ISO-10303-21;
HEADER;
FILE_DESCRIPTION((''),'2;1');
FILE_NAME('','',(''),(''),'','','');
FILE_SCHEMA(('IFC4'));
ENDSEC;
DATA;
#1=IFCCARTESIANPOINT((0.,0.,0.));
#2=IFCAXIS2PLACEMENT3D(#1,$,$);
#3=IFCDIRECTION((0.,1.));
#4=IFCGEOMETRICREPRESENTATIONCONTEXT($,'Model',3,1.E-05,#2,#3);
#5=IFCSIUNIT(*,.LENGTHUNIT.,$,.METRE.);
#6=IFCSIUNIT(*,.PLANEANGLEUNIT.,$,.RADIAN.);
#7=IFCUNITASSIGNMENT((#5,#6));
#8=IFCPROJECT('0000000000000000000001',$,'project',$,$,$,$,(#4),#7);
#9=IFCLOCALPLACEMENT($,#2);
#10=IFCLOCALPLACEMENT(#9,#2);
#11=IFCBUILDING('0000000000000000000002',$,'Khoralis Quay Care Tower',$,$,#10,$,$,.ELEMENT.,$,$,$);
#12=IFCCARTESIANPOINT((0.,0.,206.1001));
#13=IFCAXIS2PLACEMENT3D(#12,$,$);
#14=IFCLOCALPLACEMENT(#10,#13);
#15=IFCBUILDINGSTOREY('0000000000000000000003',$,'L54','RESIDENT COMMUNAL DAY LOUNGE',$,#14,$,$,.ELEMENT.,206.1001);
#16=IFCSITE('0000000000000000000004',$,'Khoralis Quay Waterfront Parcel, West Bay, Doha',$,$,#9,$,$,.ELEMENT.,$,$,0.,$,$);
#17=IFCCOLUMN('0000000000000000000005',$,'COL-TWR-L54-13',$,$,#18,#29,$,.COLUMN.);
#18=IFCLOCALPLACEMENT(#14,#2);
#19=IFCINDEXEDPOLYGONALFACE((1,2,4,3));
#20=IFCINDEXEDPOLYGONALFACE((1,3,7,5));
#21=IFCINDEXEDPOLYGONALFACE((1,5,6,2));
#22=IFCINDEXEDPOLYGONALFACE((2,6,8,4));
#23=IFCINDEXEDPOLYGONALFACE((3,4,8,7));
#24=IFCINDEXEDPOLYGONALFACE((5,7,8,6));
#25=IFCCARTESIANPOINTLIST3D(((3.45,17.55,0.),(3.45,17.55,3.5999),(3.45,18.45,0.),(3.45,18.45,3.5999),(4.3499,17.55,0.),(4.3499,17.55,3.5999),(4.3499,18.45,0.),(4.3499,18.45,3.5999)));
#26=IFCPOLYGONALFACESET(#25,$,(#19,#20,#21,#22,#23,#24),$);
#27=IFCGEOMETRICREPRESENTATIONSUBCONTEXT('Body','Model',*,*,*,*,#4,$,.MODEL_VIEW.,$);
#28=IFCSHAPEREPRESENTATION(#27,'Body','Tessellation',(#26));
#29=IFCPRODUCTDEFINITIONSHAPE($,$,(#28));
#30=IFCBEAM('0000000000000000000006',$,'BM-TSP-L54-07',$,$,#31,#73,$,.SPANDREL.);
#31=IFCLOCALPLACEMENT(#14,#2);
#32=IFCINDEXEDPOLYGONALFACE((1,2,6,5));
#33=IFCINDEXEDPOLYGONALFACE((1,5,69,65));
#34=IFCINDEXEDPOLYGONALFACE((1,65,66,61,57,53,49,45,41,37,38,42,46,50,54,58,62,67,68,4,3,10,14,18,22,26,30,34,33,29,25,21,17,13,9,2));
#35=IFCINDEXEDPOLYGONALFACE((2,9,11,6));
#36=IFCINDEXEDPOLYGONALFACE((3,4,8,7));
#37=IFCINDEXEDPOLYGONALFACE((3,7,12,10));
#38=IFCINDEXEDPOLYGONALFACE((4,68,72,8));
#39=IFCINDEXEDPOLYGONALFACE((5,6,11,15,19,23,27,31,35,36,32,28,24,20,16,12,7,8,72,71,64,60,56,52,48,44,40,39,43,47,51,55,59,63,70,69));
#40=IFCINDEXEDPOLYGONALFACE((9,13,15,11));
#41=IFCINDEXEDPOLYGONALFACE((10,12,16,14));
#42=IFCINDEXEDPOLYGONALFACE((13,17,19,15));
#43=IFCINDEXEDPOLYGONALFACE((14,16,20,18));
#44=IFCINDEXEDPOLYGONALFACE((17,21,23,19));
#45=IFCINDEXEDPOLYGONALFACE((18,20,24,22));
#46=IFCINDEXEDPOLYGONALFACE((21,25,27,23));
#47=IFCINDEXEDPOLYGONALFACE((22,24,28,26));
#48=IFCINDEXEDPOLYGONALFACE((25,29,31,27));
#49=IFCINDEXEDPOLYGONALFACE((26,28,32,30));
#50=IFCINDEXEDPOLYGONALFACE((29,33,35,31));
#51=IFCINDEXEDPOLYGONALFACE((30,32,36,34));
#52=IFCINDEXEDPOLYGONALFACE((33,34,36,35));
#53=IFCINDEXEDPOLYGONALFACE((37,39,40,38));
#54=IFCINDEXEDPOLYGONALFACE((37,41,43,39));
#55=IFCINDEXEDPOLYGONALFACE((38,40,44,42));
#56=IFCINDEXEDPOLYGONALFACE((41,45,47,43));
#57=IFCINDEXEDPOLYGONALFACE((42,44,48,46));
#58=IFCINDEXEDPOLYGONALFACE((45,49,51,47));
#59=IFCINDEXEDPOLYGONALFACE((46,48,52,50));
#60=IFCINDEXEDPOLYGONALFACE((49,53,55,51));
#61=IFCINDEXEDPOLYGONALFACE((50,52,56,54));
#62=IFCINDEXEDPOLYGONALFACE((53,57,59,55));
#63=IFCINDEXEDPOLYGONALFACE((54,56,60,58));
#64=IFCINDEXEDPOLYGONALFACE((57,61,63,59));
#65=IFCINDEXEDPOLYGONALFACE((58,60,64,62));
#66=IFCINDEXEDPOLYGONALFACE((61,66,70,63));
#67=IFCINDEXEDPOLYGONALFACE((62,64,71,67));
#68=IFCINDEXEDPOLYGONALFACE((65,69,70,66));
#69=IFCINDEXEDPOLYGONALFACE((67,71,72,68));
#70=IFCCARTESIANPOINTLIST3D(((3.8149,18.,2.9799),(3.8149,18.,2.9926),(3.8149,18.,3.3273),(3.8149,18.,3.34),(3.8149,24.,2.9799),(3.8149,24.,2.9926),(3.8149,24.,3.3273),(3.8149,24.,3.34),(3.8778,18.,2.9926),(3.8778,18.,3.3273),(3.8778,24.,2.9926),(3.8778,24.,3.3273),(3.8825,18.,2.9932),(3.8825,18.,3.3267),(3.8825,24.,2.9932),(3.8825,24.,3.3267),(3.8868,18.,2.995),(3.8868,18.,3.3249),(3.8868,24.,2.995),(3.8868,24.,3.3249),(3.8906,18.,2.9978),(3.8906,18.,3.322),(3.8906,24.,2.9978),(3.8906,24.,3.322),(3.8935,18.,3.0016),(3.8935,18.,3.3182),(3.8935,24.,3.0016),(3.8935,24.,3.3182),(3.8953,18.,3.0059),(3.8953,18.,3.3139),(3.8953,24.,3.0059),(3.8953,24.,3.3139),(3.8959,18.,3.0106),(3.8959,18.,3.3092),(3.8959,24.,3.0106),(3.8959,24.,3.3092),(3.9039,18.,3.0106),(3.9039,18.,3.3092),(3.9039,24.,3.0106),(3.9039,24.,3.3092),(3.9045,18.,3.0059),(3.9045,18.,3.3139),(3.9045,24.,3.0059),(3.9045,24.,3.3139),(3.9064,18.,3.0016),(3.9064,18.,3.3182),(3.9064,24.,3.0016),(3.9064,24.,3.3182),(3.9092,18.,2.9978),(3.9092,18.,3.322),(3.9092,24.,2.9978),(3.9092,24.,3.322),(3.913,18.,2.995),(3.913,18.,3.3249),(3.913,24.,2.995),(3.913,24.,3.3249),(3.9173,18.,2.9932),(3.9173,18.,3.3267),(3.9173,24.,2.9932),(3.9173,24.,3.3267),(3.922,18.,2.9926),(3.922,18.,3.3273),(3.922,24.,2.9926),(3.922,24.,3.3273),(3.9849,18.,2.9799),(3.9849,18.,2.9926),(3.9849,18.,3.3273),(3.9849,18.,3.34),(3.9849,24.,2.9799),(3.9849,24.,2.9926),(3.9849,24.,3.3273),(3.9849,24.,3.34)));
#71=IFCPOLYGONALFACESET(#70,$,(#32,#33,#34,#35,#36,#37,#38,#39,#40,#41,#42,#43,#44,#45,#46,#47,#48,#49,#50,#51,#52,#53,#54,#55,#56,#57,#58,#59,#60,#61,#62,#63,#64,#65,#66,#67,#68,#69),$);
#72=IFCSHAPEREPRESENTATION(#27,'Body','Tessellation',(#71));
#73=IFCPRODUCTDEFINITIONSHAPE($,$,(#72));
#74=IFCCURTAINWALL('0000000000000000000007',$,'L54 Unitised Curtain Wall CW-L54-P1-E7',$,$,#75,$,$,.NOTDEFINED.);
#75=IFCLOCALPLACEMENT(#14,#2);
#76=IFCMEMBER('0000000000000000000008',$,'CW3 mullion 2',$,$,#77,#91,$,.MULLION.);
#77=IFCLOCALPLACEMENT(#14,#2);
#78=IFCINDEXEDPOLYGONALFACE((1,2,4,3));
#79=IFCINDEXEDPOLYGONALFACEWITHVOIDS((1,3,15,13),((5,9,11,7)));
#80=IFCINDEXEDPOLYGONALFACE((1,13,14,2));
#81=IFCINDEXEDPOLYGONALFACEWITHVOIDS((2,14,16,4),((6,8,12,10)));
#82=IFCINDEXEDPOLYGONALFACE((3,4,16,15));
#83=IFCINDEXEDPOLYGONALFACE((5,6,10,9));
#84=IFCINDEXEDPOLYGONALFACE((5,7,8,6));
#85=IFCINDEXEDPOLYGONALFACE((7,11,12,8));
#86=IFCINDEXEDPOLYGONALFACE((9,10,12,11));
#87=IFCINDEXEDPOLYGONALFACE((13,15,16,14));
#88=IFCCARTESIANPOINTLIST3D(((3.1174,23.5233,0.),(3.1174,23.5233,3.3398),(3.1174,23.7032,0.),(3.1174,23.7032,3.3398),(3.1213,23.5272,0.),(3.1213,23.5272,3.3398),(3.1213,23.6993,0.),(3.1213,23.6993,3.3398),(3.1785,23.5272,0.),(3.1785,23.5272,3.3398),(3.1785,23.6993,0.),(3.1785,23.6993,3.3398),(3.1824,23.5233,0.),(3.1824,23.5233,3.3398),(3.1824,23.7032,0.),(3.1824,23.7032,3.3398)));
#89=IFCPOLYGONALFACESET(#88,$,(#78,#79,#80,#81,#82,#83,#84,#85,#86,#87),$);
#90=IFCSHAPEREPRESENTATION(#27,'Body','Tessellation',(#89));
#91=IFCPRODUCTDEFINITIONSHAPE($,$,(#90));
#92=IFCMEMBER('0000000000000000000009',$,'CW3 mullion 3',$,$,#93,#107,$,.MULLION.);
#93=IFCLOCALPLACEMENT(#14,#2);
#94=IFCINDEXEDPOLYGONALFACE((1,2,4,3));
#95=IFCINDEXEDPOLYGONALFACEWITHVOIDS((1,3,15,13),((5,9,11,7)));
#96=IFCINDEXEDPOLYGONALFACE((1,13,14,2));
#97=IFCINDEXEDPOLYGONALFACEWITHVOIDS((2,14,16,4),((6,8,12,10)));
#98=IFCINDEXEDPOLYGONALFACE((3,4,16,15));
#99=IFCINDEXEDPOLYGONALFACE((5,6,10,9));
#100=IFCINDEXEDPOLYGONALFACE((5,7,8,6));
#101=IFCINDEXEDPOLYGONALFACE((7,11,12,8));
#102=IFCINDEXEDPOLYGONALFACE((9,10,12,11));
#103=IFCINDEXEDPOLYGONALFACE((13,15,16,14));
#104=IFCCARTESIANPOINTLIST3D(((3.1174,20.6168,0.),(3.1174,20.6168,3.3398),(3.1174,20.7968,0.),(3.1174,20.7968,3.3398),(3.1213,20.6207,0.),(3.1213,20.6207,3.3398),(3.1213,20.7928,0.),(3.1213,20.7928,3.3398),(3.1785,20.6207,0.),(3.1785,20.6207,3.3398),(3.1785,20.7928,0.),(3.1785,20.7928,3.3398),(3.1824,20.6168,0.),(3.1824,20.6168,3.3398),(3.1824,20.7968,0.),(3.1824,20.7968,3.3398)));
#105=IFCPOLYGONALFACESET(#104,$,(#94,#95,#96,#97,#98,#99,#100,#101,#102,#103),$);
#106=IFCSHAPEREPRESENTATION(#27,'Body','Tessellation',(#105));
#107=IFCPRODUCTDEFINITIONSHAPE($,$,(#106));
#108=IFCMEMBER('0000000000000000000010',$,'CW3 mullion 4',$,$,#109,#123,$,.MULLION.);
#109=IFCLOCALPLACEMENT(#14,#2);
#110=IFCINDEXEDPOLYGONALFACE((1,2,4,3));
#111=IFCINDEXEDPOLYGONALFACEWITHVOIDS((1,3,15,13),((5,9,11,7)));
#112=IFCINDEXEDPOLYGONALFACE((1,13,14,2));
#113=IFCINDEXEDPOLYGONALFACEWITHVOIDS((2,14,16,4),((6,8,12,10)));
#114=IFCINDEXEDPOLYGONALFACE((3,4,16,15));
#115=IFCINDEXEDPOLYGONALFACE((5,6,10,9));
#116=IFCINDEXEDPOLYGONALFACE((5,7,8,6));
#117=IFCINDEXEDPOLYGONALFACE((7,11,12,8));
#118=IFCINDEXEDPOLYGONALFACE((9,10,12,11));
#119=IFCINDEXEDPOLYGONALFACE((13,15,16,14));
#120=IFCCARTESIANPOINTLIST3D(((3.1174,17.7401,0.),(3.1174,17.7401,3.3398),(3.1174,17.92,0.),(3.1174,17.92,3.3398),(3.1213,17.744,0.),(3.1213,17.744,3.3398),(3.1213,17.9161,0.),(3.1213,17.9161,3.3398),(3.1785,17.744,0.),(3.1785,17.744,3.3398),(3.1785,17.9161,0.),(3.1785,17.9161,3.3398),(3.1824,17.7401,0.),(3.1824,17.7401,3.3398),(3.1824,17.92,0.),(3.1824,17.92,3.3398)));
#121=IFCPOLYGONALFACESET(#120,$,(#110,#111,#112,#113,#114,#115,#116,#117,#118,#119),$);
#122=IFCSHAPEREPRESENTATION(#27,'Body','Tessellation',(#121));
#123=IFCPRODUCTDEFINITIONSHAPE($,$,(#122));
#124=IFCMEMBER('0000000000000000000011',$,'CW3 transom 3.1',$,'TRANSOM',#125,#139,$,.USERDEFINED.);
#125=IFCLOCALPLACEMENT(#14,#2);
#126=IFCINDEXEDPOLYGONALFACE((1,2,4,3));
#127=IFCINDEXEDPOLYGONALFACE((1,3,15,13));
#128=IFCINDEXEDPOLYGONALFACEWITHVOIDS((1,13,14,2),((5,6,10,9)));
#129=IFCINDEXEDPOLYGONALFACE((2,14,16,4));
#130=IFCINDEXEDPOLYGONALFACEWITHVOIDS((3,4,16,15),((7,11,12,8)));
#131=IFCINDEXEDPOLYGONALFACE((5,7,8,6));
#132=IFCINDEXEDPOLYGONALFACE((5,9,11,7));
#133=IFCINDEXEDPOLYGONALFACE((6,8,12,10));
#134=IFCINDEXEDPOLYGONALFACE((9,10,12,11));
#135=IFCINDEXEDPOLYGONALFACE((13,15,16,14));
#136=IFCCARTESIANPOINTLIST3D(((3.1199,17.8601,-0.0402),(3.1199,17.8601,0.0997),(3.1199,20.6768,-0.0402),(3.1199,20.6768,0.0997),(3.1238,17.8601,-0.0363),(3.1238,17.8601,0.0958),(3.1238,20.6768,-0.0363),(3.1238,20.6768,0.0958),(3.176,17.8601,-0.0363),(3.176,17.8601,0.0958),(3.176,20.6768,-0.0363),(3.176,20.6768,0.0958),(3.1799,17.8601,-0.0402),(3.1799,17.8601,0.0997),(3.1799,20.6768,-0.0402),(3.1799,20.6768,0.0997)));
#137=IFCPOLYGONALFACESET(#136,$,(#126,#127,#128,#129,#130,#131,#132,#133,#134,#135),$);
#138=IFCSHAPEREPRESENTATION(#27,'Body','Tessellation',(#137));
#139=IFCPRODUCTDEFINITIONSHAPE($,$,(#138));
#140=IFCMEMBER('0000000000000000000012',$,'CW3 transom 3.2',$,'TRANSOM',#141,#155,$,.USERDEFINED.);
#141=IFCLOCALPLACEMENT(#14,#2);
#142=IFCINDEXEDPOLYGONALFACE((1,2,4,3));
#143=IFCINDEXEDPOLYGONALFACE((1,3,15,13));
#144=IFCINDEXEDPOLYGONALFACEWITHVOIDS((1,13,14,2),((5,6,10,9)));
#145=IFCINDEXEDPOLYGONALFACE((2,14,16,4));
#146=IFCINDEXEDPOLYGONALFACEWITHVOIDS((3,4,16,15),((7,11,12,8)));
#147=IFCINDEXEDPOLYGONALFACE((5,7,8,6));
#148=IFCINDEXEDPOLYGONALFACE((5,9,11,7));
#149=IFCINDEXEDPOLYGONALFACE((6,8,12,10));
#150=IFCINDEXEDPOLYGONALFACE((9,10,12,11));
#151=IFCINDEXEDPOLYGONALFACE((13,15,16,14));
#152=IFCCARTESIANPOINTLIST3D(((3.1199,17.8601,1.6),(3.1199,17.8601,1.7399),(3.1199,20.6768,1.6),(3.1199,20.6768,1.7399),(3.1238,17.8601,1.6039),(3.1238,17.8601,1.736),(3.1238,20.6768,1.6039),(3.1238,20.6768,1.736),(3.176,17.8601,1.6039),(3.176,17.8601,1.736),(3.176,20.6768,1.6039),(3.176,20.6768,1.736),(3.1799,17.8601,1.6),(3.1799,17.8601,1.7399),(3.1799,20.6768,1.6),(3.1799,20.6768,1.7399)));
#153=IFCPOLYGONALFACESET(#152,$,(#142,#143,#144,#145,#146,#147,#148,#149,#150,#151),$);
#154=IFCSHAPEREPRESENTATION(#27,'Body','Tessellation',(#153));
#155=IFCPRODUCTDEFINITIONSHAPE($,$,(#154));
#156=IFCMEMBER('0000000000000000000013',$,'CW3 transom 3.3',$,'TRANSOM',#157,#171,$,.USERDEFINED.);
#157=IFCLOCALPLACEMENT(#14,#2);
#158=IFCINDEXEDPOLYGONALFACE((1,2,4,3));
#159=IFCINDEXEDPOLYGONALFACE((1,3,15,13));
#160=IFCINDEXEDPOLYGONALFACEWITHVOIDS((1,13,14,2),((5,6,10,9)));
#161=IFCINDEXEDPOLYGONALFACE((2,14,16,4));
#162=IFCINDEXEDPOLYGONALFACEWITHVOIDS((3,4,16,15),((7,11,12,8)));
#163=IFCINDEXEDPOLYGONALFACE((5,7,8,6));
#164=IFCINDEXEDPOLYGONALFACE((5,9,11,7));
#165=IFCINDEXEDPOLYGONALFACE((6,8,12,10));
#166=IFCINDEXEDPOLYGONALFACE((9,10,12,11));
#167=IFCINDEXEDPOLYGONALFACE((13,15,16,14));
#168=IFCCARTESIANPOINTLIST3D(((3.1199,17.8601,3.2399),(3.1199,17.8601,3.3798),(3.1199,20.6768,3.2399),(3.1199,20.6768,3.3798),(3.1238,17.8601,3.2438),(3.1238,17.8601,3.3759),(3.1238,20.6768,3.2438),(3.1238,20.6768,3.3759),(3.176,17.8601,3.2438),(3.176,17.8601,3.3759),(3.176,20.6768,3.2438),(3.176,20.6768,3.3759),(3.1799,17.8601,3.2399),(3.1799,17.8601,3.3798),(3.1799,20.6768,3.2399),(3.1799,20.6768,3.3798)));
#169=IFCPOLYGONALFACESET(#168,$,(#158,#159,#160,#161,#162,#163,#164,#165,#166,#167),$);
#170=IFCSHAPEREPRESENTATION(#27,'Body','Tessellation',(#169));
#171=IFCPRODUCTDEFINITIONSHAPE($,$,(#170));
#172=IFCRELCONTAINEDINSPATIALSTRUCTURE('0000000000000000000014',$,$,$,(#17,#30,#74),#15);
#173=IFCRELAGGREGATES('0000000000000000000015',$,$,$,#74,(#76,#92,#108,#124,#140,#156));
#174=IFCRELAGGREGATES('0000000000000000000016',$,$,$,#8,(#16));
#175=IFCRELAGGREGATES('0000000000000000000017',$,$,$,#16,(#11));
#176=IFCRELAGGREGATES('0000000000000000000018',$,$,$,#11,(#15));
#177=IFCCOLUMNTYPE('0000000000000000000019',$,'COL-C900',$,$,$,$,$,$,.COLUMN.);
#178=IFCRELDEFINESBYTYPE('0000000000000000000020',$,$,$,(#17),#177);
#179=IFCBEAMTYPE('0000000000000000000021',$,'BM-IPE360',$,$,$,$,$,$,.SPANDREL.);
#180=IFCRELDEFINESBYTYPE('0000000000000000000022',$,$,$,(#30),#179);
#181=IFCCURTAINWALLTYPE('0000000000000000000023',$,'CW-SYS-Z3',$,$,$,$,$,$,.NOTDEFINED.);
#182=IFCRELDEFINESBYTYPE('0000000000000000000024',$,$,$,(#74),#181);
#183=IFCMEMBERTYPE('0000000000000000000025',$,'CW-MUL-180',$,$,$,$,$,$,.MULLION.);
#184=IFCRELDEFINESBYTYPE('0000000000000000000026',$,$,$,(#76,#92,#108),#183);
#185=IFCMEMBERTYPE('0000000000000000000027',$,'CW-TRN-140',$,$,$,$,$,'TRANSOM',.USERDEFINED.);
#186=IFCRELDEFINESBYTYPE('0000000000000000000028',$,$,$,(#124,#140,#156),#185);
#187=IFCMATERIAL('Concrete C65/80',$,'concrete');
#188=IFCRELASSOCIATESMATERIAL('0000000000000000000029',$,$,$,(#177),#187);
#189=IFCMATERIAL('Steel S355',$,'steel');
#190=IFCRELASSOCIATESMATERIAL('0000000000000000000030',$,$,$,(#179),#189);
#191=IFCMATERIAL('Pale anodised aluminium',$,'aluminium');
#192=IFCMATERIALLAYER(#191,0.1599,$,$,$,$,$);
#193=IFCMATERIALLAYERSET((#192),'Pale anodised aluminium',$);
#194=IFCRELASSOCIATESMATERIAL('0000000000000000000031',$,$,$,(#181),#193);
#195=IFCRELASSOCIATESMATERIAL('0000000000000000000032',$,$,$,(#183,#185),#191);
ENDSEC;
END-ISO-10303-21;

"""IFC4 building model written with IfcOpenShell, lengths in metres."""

from ifc_helpers import new_model, si_unit, direction, frame, origin, origin_2d, place, context, subcontext, project, spatial, rectangle, hollow_rectangle, i_section, extrude, source, transform, mapped, material, layer, layer_set, material_profile, profile_set, type_object, element, aggregate, save


model = new_model("IFC4")

# Units and contexts
model_context = context("Model", 3, precision=1e-05, world=origin(), true_north=direction((0.0, 1.0)))
body_context = subcontext(model_context, "Body", "Model", "MODEL_VIEW")
ifc_project = project(units=[si_unit("LENGTHUNIT", "METRE"), si_unit("PLANEANGLEUNIT", "RADIAN")], contexts=[model_context])

# Site, building, storey
site_placement = place(None, origin())
site = spatial("IfcSite", under=ifc_project, at=site_placement, Name="Khoralis Quay Waterfront Parcel, West Bay, Doha", CompositionType="ELEMENT", RefElevation=0.0)
building_placement = place(site_placement, origin())
building = spatial("IfcBuilding", under=site, at=building_placement, Name="Khoralis Quay Care Tower", CompositionType="ELEMENT")
storey_placement = place(building_placement, frame((0.0, 0.0, 206.1001)))
storey = spatial("IfcBuildingStorey", under=building, at=storey_placement, Name="L54", Description="RESIDENT COMMUNAL DAY LOUNGE", CompositionType="ELEMENT", Elevation=206.1001)

# Column
ifc_material_1 = material(Name="Concrete C65/80", Category="concrete")
ifc_material_profile_1 = material_profile(ifc_material_1, rectangle(XDim=0.8999, YDim=0.8999, at=origin_2d()), Name="Concrete C65/80")
ifc_profile_set_1 = profile_set([ifc_material_profile_1], Name="Concrete C65/80")
column_type = type_object("IfcColumnType", Name="COL-C900", PredefinedType="COLUMN", material=ifc_profile_set_1)
shared_shape_1 = source(origin(), body_context, "Body", "SweptSolid", [
    extrude(rectangle(XDim=0.8999, YDim=0.8999, at=origin_2d()), origin(), (0.0, 0.0, 1.0), 3.5999),
])
column_placement = place(storey_placement, frame((3.8999, 18.0, 0.0), z_axis=(0.0, 0.0, 1.0), x_axis=(1.0, 0.0, 0.0)))
element("IfcColumn", 1, at=column_placement, inside=storey, type_object=column_type, Name="COL-TWR-L54-13", PredefinedType="COLUMN", context=body_context, shape_type="MappedRepresentation", body=[
    mapped(shared_shape_1, transform((0.0, 0.0, 0.0), scale=1.0)),
])

# Beam
ifc_material_2 = material(Name="Steel S355", Category="steel")
ifc_material_profile_2 = material_profile(ifc_material_2, i_section(OverallWidth=0.1699, OverallDepth=0.3601, WebThickness=0.0081, FlangeThickness=0.0127, FilletRadius=0.0181, at=origin_2d()), Name="Steel S355")
ifc_profile_set_2 = profile_set([ifc_material_profile_2], Name="Steel S355")
beam_type = type_object("IfcBeamType", Name="BM-IPE360", PredefinedType="SPANDREL", material=ifc_profile_set_2)
shared_shape_2 = source(origin(), body_context, "Body", "SweptSolid", [
    extrude(i_section(OverallWidth=0.1699, OverallDepth=0.3601, WebThickness=0.0081, FlangeThickness=0.0127, FilletRadius=0.0181, at=origin_2d()), origin(), (0.0, 0.0, 1.0), 6.0),
])
beam_placement = place(storey_placement, frame((3.8999, 18.0, 3.1599), z_axis=(0.0, 1.0, 0.0), x_axis=(-1.0, 0.0, 0.0)))
element("IfcBeam", 2, at=beam_placement, inside=storey, type_object=beam_type, Name="BM-TSP-L54-07", PredefinedType="SPANDREL", context=body_context, shape_type="MappedRepresentation", body=[
    mapped(shared_shape_2, transform((0.0, 0.0, 0.0), scale=1.0)),
])

# Curtain wall, members
ifc_material_3 = material(Name="Pale anodised aluminium", Category="aluminium")
ifc_layer_1 = layer(ifc_material_3, 0.1599)
ifc_layer_set_1 = layer_set([ifc_layer_1], Name="Pale anodised aluminium")
curtain_wall_type = type_object("IfcCurtainWallType", Name="CW-SYS-Z3", PredefinedType="NOTDEFINED", material=ifc_layer_set_1)
curtain_wall_placement = place(storey_placement, origin())
curtain_wall = element("IfcCurtainWall", 3, at=curtain_wall_placement, inside=storey, type_object=curtain_wall_type, Name="L54 Unitised Curtain Wall CW-L54-P1-E7", PredefinedType="NOTDEFINED")
ifc_material_profile_3 = material_profile(ifc_material_3, hollow_rectangle(XDim=0.0649, YDim=0.1799, WallThickness=0.0039, at=origin_2d()), Name="Pale anodised aluminium")
ifc_profile_set_3 = profile_set([ifc_material_profile_3], Name="Pale anodised aluminium")
member_type_1 = type_object("IfcMemberType", Name="CW-MUL-180", PredefinedType="MULLION", material=ifc_profile_set_3)
shared_shape_3 = source(origin(), body_context, "Body", "SweptSolid", [
    extrude(hollow_rectangle(XDim=0.0649, YDim=0.1799, WallThickness=0.0039, at=origin_2d()), origin(), (0.0, 0.0, 1.0), 3.3398),
])
member_1_placement = place(storey_placement, frame((3.1499, 23.6133, 0.0), z_axis=(0.0, 0.0, 1.0), x_axis=(1.0, 0.0, 0.0)))
member_1 = element("IfcMember", 4, at=member_1_placement, type_object=member_type_1, Name="CW3 mullion 2", PredefinedType="MULLION", context=body_context, shape_type="MappedRepresentation", body=[
    mapped(shared_shape_3, transform((0.0, 0.0, 0.0), scale=1.0)),
])
member_2_placement = place(storey_placement, frame((3.1499, 20.7068, 0.0), z_axis=(0.0, 0.0, 1.0), x_axis=(1.0, 0.0, 0.0)))
member_2 = element("IfcMember", 5, at=member_2_placement, type_object=member_type_1, Name="CW3 mullion 3", PredefinedType="MULLION", context=body_context, shape_type="MappedRepresentation", body=[
    mapped(shared_shape_3, transform((0.0, 0.0, 0.0), scale=1.0)),
])
member_3_placement = place(storey_placement, frame((3.1499, 17.8301, 0.0), z_axis=(0.0, 0.0, 1.0), x_axis=(1.0, 0.0, 0.0)))
member_3 = element("IfcMember", 6, at=member_3_placement, type_object=member_type_1, Name="CW3 mullion 4", PredefinedType="MULLION", context=body_context, shape_type="MappedRepresentation", body=[
    mapped(shared_shape_3, transform((0.0, 0.0, 0.0), scale=1.0)),
])
ifc_material_profile_4 = material_profile(ifc_material_3, hollow_rectangle(XDim=0.0601, YDim=0.1399, WallThickness=0.0039, at=origin_2d()), Name="Pale anodised aluminium")
ifc_profile_set_4 = profile_set([ifc_material_profile_4], Name="Pale anodised aluminium")
member_type_2 = type_object("IfcMemberType", Name="CW-TRN-140", ElementType="TRANSOM", PredefinedType="USERDEFINED", material=ifc_profile_set_4)
shared_shape_4 = source(origin(), body_context, "Body", "SweptSolid", [
    extrude(hollow_rectangle(XDim=0.0601, YDim=0.1399, WallThickness=0.0039, at=origin_2d()), origin(), (0.0, 0.0, 1.0), 2.8167),
])
member_4_placement = place(storey_placement, frame((3.1499, 20.6768, 0.0298), z_axis=(0.0, -1.0, 0.0), x_axis=(1.0, 0.0, 0.0)))
member_4 = element("IfcMember", 7, at=member_4_placement, type_object=member_type_2, Name="CW3 transom 3.1", ObjectType="TRANSOM", PredefinedType="USERDEFINED", context=body_context, shape_type="MappedRepresentation", body=[
    mapped(shared_shape_4, transform((0.0, 0.0, 0.0), scale=1.0)),
])
member_5_placement = place(storey_placement, frame((3.1499, 20.6768, 1.6699), z_axis=(0.0, -1.0, 0.0), x_axis=(1.0, 0.0, 0.0)))
member_5 = element("IfcMember", 8, at=member_5_placement, type_object=member_type_2, Name="CW3 transom 3.2", ObjectType="TRANSOM", PredefinedType="USERDEFINED", context=body_context, shape_type="MappedRepresentation", body=[
    mapped(shared_shape_4, transform((0.0, 0.0, 0.0), scale=1.0)),
])
member_6_placement = place(storey_placement, frame((3.1499, 20.6768, 3.3098), z_axis=(0.0, -1.0, 0.0), x_axis=(1.0, 0.0, 0.0)))
member_6 = element("IfcMember", 9, at=member_6_placement, type_object=member_type_2, Name="CW3 transom 3.3", ObjectType="TRANSOM", PredefinedType="USERDEFINED", context=body_context, shape_type="MappedRepresentation", body=[
    mapped(shared_shape_4, transform((0.0, 0.0, 0.0), scale=1.0)),
])
aggregate(curtain_wall, [member_1, member_2, member_3, member_4, member_5, member_6])

save(model, "model.ifc")
